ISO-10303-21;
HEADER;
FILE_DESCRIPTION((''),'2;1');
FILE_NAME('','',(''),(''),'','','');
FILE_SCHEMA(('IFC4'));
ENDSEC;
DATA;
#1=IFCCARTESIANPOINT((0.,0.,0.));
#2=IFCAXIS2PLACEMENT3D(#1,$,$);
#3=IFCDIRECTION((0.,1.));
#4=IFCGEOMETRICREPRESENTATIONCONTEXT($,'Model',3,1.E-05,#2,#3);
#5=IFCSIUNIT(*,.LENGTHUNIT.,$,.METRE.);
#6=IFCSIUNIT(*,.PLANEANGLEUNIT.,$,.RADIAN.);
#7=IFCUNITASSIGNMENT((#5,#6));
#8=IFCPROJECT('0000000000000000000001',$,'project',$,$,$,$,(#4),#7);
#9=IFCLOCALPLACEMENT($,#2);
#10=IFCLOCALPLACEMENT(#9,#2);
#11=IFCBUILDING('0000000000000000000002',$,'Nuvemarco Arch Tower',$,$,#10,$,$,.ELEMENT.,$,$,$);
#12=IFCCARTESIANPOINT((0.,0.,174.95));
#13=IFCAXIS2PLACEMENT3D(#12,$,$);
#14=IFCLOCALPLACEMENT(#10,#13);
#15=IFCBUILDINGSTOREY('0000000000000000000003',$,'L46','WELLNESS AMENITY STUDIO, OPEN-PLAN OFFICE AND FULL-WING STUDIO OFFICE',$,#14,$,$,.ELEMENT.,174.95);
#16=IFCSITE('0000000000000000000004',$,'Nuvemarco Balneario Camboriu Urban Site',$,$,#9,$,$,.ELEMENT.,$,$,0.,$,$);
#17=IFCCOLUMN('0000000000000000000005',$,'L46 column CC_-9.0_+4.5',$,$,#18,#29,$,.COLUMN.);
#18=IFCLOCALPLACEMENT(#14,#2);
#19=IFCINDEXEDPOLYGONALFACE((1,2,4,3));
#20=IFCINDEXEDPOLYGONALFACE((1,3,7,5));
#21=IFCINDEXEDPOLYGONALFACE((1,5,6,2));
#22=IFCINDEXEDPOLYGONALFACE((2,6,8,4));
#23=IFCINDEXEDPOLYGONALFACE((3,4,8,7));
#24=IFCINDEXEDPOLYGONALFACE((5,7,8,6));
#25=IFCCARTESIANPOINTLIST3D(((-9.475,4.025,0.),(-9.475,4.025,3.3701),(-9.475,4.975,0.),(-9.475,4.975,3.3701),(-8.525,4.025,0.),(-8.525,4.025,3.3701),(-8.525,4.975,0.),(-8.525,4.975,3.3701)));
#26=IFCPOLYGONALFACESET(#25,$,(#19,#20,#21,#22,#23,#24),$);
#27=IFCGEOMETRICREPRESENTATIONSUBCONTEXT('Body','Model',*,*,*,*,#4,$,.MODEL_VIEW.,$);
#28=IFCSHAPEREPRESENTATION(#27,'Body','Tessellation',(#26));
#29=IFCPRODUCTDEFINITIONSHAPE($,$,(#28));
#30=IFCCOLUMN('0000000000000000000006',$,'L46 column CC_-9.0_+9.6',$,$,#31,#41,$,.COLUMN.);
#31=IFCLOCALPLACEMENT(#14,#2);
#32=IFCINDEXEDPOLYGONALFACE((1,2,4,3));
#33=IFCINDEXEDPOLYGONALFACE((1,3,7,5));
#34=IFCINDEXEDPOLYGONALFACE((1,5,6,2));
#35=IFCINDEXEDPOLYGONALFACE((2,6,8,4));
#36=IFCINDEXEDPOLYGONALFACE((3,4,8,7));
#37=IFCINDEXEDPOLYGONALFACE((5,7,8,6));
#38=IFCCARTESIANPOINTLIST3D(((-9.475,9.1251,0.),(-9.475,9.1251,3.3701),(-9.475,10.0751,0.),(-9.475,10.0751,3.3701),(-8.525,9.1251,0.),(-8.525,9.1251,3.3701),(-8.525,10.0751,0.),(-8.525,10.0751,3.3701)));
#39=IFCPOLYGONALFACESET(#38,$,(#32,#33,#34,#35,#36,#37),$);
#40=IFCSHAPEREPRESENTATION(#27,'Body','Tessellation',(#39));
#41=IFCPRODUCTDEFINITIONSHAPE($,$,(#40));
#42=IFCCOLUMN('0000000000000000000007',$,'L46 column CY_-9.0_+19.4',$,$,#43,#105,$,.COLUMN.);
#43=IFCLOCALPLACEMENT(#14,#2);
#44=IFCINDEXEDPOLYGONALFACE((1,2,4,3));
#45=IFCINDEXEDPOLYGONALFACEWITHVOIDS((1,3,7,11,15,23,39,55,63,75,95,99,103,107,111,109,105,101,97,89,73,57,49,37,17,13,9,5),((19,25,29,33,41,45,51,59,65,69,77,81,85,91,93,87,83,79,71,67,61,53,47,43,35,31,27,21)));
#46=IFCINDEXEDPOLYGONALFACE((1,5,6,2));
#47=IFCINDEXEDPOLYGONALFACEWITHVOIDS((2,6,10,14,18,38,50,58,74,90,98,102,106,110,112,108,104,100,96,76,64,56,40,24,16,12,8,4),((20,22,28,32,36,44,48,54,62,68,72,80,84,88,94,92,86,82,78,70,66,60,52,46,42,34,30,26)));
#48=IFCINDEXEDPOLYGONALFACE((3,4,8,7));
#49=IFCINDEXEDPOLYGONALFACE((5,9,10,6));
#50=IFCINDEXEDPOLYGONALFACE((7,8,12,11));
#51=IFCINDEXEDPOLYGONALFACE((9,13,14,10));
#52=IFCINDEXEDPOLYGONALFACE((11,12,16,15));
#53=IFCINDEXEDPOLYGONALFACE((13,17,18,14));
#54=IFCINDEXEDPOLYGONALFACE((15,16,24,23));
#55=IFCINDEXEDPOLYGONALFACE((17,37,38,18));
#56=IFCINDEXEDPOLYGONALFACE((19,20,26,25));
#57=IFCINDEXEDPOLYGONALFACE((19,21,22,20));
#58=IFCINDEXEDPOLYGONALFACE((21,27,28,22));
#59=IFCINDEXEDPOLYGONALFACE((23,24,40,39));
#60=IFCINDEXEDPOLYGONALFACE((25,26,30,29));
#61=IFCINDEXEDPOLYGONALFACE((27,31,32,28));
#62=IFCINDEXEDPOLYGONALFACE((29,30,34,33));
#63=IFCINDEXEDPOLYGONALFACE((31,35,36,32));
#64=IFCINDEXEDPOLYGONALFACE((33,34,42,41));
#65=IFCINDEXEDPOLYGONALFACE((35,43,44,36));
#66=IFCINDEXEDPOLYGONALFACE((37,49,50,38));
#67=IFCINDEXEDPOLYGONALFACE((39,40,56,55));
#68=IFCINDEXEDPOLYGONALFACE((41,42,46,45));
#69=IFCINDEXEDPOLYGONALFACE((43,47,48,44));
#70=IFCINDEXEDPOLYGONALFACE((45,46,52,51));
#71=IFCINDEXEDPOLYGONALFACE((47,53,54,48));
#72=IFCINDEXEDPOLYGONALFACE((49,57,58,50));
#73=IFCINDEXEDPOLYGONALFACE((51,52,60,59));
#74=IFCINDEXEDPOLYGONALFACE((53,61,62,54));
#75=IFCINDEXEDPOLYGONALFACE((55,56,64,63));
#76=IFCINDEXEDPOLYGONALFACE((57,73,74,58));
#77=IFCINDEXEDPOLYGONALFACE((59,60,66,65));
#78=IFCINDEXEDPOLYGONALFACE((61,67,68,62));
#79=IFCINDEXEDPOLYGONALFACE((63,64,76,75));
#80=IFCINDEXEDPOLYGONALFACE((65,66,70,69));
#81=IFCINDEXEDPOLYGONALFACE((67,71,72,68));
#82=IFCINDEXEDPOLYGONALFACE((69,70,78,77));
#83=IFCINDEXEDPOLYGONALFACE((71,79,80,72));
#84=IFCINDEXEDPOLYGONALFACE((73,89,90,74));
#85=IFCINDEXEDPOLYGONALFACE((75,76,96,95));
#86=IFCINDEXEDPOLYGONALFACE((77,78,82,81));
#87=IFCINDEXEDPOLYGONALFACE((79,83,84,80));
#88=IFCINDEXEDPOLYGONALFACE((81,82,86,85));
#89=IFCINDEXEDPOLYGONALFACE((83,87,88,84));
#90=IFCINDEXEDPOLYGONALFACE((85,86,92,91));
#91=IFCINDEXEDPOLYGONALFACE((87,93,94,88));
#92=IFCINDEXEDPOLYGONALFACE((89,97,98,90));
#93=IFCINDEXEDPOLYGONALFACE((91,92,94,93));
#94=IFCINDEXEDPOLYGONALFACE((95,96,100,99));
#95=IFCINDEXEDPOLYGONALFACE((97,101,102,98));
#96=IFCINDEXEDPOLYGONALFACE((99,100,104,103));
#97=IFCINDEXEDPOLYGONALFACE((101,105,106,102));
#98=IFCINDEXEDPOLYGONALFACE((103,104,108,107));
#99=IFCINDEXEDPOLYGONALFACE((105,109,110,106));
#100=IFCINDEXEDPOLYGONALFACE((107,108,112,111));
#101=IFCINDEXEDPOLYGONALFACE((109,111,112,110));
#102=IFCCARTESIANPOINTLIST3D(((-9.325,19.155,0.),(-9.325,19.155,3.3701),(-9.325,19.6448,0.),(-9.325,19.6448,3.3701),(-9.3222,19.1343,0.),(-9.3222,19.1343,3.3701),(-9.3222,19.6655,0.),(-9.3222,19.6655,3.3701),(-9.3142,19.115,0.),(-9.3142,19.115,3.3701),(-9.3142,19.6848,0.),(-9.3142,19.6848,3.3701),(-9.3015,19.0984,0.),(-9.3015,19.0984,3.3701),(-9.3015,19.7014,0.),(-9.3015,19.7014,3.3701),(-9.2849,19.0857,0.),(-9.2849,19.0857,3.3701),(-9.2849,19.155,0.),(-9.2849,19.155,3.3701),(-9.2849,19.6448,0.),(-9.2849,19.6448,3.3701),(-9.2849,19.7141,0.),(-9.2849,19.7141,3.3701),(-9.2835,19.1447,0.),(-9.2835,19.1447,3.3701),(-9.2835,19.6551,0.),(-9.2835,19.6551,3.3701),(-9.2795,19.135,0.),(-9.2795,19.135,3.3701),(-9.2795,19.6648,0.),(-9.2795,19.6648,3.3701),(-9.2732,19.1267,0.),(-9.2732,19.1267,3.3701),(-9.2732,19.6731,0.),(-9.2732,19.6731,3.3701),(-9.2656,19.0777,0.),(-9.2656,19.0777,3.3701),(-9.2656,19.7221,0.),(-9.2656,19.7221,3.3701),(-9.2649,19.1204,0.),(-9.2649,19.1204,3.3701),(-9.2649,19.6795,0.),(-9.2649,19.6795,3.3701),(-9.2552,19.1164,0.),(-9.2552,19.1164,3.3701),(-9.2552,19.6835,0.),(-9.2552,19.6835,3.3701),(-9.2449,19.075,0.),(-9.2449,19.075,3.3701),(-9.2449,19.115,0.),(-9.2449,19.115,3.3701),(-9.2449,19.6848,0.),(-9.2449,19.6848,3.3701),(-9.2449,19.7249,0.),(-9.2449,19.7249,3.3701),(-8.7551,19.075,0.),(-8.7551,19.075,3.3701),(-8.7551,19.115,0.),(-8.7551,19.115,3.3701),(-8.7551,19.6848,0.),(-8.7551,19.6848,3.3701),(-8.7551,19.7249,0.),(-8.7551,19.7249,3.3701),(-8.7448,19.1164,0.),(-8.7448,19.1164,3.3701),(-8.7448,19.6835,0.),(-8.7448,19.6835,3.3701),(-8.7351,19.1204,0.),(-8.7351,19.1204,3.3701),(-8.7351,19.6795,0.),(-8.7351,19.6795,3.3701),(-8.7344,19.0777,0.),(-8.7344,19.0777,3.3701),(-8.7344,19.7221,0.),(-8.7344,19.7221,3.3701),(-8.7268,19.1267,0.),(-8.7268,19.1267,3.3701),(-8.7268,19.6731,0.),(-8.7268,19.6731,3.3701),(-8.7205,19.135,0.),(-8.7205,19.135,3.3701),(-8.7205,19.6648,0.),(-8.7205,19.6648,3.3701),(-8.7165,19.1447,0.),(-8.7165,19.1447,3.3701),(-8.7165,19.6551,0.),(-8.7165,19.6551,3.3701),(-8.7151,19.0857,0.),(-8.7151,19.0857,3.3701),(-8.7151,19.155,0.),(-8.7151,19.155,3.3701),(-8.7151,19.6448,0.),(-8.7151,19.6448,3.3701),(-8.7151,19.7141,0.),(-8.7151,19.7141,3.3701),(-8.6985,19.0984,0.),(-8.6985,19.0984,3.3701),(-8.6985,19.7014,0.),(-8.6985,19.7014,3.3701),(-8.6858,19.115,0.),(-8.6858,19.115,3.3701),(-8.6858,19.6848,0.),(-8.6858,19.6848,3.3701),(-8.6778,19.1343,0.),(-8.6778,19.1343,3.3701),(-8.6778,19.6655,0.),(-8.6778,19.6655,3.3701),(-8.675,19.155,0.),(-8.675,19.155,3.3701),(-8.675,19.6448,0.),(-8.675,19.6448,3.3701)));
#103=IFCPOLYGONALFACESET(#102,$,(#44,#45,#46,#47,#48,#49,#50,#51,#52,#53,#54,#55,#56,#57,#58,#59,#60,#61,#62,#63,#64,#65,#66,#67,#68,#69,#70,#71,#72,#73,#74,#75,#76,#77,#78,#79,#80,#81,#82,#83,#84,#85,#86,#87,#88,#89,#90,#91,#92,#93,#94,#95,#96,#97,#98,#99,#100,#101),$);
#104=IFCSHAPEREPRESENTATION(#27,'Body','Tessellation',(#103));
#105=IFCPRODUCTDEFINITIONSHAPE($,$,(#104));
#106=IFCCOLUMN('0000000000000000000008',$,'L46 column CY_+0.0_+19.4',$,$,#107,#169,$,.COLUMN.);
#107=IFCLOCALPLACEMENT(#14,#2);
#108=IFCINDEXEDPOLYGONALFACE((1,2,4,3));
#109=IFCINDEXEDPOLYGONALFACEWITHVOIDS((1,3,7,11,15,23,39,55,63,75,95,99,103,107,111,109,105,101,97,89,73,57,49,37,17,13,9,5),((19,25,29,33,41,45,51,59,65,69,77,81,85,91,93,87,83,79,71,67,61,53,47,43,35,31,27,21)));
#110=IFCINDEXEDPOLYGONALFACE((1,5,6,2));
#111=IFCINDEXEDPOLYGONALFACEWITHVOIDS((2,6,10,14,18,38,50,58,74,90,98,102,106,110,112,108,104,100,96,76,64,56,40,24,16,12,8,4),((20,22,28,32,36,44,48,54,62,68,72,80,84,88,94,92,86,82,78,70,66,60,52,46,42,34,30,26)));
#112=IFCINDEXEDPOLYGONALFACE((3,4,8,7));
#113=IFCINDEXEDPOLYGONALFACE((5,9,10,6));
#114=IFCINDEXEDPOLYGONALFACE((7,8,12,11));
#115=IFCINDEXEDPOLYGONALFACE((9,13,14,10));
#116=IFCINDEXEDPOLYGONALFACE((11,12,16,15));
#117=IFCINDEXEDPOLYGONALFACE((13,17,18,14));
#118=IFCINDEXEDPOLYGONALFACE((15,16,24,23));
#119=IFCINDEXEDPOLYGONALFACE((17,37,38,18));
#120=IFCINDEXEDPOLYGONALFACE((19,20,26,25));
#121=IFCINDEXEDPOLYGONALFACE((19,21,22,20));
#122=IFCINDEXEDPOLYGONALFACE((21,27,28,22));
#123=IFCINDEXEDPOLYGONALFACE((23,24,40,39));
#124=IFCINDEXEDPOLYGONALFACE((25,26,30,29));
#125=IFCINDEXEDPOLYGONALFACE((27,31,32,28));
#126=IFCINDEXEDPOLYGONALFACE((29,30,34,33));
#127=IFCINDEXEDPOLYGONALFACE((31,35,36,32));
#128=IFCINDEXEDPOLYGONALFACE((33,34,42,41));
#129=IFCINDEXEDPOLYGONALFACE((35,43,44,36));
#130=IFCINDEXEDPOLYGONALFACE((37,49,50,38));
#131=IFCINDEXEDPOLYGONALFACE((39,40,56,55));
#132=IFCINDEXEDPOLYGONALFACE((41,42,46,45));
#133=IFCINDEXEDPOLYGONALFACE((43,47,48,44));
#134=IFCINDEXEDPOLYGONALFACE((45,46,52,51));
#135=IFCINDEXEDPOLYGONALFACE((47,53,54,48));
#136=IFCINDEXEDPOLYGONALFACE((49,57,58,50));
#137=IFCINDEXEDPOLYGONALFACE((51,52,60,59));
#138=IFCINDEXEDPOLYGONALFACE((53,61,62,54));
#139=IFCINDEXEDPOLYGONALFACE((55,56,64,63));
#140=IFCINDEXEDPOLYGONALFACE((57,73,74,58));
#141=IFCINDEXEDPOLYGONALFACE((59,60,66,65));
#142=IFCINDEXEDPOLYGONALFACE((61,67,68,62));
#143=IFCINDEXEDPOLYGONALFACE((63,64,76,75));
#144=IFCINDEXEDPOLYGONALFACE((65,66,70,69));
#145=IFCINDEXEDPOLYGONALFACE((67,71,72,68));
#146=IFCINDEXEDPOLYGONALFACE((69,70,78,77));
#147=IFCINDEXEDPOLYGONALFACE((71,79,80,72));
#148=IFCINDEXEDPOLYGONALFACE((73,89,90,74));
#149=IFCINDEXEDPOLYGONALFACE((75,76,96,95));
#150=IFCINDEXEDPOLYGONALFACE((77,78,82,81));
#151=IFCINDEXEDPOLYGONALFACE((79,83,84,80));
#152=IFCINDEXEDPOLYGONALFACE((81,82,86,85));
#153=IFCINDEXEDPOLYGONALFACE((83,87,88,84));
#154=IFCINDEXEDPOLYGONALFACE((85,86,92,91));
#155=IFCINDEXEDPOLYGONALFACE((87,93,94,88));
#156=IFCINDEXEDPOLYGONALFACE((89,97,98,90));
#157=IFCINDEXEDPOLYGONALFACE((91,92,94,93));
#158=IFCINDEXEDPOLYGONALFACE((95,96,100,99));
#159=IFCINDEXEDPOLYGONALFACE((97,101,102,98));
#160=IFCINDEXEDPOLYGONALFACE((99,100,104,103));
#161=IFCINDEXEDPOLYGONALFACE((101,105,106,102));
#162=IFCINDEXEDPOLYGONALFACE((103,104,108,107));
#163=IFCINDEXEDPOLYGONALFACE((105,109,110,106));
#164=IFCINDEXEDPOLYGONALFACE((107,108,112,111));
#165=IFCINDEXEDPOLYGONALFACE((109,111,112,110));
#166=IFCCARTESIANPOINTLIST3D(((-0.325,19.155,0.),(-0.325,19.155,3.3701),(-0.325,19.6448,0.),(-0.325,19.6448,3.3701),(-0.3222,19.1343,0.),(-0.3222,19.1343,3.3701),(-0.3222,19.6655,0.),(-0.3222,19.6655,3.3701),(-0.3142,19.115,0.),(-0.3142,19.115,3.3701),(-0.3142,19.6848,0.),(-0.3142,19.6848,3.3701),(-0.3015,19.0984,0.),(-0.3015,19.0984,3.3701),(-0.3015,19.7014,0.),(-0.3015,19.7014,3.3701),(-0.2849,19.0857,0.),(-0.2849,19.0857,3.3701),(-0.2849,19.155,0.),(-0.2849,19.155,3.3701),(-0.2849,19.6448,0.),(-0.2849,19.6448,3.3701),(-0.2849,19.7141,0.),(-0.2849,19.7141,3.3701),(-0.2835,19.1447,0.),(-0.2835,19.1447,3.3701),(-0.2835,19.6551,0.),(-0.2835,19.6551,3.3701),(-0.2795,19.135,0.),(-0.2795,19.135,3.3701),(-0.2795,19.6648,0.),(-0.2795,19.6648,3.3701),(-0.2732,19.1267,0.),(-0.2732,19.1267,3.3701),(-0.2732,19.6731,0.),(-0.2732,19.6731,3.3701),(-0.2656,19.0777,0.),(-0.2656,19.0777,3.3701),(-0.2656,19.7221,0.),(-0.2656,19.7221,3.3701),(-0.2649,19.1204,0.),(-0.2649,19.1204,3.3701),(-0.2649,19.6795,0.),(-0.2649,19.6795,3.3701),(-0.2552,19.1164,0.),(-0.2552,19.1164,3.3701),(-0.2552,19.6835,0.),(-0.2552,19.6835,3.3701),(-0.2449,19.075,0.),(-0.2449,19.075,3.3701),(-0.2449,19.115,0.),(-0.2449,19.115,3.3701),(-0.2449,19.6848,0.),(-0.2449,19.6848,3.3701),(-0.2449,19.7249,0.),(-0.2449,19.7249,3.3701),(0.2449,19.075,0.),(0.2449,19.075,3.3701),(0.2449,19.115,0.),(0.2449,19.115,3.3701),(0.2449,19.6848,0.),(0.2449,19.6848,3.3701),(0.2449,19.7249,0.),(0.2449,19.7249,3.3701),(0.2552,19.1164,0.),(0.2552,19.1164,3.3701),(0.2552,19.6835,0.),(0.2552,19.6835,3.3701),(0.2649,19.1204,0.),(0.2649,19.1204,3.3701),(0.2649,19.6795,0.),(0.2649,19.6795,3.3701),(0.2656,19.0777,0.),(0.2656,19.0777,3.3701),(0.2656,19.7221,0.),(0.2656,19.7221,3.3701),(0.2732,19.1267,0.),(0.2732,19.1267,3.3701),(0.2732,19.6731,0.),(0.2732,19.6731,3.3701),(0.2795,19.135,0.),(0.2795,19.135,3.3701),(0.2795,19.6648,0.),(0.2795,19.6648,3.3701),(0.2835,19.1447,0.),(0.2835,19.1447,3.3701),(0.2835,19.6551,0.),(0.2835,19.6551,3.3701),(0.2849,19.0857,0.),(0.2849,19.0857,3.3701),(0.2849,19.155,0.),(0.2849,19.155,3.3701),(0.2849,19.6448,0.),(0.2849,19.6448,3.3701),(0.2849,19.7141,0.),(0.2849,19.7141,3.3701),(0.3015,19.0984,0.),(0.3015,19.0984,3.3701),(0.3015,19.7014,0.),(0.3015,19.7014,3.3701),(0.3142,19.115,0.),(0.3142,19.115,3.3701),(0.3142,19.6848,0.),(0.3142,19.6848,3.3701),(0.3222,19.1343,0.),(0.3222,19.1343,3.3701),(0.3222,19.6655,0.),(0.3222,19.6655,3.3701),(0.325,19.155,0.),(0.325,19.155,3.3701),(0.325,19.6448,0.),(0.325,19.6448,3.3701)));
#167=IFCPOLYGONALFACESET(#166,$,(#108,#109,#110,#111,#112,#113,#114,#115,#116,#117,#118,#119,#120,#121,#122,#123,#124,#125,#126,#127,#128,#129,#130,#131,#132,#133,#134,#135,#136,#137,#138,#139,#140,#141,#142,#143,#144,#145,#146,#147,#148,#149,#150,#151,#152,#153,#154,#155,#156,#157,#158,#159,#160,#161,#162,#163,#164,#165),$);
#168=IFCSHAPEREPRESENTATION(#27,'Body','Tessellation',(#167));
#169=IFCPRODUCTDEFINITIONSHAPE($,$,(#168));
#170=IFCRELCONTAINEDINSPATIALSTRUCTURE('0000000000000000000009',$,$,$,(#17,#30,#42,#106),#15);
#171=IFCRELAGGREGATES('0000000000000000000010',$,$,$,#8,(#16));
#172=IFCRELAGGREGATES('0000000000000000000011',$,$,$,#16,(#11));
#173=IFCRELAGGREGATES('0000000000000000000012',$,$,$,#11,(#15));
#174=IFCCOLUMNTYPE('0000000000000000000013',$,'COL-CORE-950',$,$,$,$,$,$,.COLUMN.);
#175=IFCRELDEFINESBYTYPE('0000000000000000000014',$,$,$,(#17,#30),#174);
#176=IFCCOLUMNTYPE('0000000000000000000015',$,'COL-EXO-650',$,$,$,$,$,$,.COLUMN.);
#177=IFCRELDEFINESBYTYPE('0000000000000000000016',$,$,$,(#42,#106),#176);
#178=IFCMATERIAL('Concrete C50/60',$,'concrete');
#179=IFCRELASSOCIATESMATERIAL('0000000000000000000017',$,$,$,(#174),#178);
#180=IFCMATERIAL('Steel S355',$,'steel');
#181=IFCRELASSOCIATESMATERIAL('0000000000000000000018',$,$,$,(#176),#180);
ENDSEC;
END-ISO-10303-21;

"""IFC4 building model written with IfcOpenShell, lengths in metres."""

from ifc_helpers import new_model, si_unit, direction, frame, origin, origin_2d, place, context, subcontext, project, spatial, rectangle, hollow_rectangle, extrude, material, material_profile, profile_set, type_object, element, save


model = new_model("IFC4")

# Units and contexts
model_context = context("Model", 3, precision=1e-05, world=origin(), true_north=direction((0.0, 1.0)))
body_context = subcontext(model_context, "Body", "Model", "MODEL_VIEW")
ifc_project = project(units=[si_unit("LENGTHUNIT", "METRE"), si_unit("PLANEANGLEUNIT", "RADIAN")], contexts=[model_context])

# Site, building, storey
site_placement = place(None, origin())
site = spatial("IfcSite", under=ifc_project, at=site_placement, Name="Nuvemarco Balneario Camboriu Urban Site", CompositionType="ELEMENT", RefElevation=0.0)
building_placement = place(site_placement, origin())
building = spatial("IfcBuilding", under=site, at=building_placement, Name="Nuvemarco Arch Tower", CompositionType="ELEMENT")
storey_placement = place(building_placement, frame((0.0, 0.0, 174.95)))
storey = spatial("IfcBuildingStorey", under=building, at=storey_placement, Name="L46", Description="WELLNESS AMENITY STUDIO, OPEN-PLAN OFFICE AND FULL-WING STUDIO OFFICE", CompositionType="ELEMENT", Elevation=174.95)

# Columns
ifc_material_1 = material(Name="Concrete C50/60", Category="concrete")
ifc_material_profile_1 = material_profile(ifc_material_1, rectangle(XDim=0.95, YDim=0.95, at=origin_2d()), Name="RC-COL-950x950")
ifc_profile_set_1 = profile_set([ifc_material_profile_1], Name="Concrete C50/60")
column_type_1 = type_object("IfcColumnType", Name="COL-CORE-950", PredefinedType="COLUMN", material=ifc_profile_set_1)
for number, where, z_axis, x_axis, name in (
    (1, (-9.0, 4.5, 0.0), (0.0, 0.0, 1.0), (1.0, 0.0, 0.0), "L46 column CC_-9.0_+4.5"),
    (2, (-9.0, 9.6001, 0.0), (0.0, 0.0, 1.0), (1.0, 0.0, 0.0), "L46 column CC_-9.0_+9.6"),
):
    element("IfcColumn", number, at=place(storey_placement, frame(where, z_axis=z_axis, x_axis=x_axis)), inside=storey, type_object=column_type_1, Name=name, PredefinedType="COLUMN", context=body_context, shape_type="SweptSolid", body=[
        extrude(rectangle(XDim=0.95, YDim=0.95, at=origin_2d()), origin(), (0.0, 0.0, 1.0), 3.3701),
    ])
ifc_material_2 = material(Name="Steel S355", Category="steel")
ifc_material_profile_2 = material_profile(ifc_material_2, hollow_rectangle(XDim=0.6499, YDim=0.6499, WallThickness=0.04, InnerFilletRadius=0.04, OuterFilletRadius=0.0801, at=origin_2d()), Name="SHS650x650x40")
ifc_profile_set_2 = profile_set([ifc_material_profile_2], Name="Steel S355")
column_type_2 = type_object("IfcColumnType", Name="COL-EXO-650", PredefinedType="COLUMN", material=ifc_profile_set_2)
for number, where, z_axis, x_axis, name in (
    (3, (-9.0, 19.3999, 0.0), (0.0, 0.0, 1.0), (1.0, 0.0, 0.0), "L46 column CY_-9.0_+19.4"),
    (4, (0.0, 19.3999, 0.0), (0.0, 0.0, 1.0), (1.0, 0.0, 0.0), "L46 column CY_+0.0_+19.4"),
):
    element("IfcColumn", number, at=place(storey_placement, frame(where, z_axis=z_axis, x_axis=x_axis)), inside=storey, type_object=column_type_2, Name=name, PredefinedType="COLUMN", context=body_context, shape_type="SweptSolid", body=[
        extrude(hollow_rectangle(XDim=0.6499, YDim=0.6499, WallThickness=0.04, InnerFilletRadius=0.04, OuterFilletRadius=0.0801, at=origin_2d()), origin(), (0.0, 0.0, 1.0), 3.3701),
    ])

save(model, "model.ifc")
